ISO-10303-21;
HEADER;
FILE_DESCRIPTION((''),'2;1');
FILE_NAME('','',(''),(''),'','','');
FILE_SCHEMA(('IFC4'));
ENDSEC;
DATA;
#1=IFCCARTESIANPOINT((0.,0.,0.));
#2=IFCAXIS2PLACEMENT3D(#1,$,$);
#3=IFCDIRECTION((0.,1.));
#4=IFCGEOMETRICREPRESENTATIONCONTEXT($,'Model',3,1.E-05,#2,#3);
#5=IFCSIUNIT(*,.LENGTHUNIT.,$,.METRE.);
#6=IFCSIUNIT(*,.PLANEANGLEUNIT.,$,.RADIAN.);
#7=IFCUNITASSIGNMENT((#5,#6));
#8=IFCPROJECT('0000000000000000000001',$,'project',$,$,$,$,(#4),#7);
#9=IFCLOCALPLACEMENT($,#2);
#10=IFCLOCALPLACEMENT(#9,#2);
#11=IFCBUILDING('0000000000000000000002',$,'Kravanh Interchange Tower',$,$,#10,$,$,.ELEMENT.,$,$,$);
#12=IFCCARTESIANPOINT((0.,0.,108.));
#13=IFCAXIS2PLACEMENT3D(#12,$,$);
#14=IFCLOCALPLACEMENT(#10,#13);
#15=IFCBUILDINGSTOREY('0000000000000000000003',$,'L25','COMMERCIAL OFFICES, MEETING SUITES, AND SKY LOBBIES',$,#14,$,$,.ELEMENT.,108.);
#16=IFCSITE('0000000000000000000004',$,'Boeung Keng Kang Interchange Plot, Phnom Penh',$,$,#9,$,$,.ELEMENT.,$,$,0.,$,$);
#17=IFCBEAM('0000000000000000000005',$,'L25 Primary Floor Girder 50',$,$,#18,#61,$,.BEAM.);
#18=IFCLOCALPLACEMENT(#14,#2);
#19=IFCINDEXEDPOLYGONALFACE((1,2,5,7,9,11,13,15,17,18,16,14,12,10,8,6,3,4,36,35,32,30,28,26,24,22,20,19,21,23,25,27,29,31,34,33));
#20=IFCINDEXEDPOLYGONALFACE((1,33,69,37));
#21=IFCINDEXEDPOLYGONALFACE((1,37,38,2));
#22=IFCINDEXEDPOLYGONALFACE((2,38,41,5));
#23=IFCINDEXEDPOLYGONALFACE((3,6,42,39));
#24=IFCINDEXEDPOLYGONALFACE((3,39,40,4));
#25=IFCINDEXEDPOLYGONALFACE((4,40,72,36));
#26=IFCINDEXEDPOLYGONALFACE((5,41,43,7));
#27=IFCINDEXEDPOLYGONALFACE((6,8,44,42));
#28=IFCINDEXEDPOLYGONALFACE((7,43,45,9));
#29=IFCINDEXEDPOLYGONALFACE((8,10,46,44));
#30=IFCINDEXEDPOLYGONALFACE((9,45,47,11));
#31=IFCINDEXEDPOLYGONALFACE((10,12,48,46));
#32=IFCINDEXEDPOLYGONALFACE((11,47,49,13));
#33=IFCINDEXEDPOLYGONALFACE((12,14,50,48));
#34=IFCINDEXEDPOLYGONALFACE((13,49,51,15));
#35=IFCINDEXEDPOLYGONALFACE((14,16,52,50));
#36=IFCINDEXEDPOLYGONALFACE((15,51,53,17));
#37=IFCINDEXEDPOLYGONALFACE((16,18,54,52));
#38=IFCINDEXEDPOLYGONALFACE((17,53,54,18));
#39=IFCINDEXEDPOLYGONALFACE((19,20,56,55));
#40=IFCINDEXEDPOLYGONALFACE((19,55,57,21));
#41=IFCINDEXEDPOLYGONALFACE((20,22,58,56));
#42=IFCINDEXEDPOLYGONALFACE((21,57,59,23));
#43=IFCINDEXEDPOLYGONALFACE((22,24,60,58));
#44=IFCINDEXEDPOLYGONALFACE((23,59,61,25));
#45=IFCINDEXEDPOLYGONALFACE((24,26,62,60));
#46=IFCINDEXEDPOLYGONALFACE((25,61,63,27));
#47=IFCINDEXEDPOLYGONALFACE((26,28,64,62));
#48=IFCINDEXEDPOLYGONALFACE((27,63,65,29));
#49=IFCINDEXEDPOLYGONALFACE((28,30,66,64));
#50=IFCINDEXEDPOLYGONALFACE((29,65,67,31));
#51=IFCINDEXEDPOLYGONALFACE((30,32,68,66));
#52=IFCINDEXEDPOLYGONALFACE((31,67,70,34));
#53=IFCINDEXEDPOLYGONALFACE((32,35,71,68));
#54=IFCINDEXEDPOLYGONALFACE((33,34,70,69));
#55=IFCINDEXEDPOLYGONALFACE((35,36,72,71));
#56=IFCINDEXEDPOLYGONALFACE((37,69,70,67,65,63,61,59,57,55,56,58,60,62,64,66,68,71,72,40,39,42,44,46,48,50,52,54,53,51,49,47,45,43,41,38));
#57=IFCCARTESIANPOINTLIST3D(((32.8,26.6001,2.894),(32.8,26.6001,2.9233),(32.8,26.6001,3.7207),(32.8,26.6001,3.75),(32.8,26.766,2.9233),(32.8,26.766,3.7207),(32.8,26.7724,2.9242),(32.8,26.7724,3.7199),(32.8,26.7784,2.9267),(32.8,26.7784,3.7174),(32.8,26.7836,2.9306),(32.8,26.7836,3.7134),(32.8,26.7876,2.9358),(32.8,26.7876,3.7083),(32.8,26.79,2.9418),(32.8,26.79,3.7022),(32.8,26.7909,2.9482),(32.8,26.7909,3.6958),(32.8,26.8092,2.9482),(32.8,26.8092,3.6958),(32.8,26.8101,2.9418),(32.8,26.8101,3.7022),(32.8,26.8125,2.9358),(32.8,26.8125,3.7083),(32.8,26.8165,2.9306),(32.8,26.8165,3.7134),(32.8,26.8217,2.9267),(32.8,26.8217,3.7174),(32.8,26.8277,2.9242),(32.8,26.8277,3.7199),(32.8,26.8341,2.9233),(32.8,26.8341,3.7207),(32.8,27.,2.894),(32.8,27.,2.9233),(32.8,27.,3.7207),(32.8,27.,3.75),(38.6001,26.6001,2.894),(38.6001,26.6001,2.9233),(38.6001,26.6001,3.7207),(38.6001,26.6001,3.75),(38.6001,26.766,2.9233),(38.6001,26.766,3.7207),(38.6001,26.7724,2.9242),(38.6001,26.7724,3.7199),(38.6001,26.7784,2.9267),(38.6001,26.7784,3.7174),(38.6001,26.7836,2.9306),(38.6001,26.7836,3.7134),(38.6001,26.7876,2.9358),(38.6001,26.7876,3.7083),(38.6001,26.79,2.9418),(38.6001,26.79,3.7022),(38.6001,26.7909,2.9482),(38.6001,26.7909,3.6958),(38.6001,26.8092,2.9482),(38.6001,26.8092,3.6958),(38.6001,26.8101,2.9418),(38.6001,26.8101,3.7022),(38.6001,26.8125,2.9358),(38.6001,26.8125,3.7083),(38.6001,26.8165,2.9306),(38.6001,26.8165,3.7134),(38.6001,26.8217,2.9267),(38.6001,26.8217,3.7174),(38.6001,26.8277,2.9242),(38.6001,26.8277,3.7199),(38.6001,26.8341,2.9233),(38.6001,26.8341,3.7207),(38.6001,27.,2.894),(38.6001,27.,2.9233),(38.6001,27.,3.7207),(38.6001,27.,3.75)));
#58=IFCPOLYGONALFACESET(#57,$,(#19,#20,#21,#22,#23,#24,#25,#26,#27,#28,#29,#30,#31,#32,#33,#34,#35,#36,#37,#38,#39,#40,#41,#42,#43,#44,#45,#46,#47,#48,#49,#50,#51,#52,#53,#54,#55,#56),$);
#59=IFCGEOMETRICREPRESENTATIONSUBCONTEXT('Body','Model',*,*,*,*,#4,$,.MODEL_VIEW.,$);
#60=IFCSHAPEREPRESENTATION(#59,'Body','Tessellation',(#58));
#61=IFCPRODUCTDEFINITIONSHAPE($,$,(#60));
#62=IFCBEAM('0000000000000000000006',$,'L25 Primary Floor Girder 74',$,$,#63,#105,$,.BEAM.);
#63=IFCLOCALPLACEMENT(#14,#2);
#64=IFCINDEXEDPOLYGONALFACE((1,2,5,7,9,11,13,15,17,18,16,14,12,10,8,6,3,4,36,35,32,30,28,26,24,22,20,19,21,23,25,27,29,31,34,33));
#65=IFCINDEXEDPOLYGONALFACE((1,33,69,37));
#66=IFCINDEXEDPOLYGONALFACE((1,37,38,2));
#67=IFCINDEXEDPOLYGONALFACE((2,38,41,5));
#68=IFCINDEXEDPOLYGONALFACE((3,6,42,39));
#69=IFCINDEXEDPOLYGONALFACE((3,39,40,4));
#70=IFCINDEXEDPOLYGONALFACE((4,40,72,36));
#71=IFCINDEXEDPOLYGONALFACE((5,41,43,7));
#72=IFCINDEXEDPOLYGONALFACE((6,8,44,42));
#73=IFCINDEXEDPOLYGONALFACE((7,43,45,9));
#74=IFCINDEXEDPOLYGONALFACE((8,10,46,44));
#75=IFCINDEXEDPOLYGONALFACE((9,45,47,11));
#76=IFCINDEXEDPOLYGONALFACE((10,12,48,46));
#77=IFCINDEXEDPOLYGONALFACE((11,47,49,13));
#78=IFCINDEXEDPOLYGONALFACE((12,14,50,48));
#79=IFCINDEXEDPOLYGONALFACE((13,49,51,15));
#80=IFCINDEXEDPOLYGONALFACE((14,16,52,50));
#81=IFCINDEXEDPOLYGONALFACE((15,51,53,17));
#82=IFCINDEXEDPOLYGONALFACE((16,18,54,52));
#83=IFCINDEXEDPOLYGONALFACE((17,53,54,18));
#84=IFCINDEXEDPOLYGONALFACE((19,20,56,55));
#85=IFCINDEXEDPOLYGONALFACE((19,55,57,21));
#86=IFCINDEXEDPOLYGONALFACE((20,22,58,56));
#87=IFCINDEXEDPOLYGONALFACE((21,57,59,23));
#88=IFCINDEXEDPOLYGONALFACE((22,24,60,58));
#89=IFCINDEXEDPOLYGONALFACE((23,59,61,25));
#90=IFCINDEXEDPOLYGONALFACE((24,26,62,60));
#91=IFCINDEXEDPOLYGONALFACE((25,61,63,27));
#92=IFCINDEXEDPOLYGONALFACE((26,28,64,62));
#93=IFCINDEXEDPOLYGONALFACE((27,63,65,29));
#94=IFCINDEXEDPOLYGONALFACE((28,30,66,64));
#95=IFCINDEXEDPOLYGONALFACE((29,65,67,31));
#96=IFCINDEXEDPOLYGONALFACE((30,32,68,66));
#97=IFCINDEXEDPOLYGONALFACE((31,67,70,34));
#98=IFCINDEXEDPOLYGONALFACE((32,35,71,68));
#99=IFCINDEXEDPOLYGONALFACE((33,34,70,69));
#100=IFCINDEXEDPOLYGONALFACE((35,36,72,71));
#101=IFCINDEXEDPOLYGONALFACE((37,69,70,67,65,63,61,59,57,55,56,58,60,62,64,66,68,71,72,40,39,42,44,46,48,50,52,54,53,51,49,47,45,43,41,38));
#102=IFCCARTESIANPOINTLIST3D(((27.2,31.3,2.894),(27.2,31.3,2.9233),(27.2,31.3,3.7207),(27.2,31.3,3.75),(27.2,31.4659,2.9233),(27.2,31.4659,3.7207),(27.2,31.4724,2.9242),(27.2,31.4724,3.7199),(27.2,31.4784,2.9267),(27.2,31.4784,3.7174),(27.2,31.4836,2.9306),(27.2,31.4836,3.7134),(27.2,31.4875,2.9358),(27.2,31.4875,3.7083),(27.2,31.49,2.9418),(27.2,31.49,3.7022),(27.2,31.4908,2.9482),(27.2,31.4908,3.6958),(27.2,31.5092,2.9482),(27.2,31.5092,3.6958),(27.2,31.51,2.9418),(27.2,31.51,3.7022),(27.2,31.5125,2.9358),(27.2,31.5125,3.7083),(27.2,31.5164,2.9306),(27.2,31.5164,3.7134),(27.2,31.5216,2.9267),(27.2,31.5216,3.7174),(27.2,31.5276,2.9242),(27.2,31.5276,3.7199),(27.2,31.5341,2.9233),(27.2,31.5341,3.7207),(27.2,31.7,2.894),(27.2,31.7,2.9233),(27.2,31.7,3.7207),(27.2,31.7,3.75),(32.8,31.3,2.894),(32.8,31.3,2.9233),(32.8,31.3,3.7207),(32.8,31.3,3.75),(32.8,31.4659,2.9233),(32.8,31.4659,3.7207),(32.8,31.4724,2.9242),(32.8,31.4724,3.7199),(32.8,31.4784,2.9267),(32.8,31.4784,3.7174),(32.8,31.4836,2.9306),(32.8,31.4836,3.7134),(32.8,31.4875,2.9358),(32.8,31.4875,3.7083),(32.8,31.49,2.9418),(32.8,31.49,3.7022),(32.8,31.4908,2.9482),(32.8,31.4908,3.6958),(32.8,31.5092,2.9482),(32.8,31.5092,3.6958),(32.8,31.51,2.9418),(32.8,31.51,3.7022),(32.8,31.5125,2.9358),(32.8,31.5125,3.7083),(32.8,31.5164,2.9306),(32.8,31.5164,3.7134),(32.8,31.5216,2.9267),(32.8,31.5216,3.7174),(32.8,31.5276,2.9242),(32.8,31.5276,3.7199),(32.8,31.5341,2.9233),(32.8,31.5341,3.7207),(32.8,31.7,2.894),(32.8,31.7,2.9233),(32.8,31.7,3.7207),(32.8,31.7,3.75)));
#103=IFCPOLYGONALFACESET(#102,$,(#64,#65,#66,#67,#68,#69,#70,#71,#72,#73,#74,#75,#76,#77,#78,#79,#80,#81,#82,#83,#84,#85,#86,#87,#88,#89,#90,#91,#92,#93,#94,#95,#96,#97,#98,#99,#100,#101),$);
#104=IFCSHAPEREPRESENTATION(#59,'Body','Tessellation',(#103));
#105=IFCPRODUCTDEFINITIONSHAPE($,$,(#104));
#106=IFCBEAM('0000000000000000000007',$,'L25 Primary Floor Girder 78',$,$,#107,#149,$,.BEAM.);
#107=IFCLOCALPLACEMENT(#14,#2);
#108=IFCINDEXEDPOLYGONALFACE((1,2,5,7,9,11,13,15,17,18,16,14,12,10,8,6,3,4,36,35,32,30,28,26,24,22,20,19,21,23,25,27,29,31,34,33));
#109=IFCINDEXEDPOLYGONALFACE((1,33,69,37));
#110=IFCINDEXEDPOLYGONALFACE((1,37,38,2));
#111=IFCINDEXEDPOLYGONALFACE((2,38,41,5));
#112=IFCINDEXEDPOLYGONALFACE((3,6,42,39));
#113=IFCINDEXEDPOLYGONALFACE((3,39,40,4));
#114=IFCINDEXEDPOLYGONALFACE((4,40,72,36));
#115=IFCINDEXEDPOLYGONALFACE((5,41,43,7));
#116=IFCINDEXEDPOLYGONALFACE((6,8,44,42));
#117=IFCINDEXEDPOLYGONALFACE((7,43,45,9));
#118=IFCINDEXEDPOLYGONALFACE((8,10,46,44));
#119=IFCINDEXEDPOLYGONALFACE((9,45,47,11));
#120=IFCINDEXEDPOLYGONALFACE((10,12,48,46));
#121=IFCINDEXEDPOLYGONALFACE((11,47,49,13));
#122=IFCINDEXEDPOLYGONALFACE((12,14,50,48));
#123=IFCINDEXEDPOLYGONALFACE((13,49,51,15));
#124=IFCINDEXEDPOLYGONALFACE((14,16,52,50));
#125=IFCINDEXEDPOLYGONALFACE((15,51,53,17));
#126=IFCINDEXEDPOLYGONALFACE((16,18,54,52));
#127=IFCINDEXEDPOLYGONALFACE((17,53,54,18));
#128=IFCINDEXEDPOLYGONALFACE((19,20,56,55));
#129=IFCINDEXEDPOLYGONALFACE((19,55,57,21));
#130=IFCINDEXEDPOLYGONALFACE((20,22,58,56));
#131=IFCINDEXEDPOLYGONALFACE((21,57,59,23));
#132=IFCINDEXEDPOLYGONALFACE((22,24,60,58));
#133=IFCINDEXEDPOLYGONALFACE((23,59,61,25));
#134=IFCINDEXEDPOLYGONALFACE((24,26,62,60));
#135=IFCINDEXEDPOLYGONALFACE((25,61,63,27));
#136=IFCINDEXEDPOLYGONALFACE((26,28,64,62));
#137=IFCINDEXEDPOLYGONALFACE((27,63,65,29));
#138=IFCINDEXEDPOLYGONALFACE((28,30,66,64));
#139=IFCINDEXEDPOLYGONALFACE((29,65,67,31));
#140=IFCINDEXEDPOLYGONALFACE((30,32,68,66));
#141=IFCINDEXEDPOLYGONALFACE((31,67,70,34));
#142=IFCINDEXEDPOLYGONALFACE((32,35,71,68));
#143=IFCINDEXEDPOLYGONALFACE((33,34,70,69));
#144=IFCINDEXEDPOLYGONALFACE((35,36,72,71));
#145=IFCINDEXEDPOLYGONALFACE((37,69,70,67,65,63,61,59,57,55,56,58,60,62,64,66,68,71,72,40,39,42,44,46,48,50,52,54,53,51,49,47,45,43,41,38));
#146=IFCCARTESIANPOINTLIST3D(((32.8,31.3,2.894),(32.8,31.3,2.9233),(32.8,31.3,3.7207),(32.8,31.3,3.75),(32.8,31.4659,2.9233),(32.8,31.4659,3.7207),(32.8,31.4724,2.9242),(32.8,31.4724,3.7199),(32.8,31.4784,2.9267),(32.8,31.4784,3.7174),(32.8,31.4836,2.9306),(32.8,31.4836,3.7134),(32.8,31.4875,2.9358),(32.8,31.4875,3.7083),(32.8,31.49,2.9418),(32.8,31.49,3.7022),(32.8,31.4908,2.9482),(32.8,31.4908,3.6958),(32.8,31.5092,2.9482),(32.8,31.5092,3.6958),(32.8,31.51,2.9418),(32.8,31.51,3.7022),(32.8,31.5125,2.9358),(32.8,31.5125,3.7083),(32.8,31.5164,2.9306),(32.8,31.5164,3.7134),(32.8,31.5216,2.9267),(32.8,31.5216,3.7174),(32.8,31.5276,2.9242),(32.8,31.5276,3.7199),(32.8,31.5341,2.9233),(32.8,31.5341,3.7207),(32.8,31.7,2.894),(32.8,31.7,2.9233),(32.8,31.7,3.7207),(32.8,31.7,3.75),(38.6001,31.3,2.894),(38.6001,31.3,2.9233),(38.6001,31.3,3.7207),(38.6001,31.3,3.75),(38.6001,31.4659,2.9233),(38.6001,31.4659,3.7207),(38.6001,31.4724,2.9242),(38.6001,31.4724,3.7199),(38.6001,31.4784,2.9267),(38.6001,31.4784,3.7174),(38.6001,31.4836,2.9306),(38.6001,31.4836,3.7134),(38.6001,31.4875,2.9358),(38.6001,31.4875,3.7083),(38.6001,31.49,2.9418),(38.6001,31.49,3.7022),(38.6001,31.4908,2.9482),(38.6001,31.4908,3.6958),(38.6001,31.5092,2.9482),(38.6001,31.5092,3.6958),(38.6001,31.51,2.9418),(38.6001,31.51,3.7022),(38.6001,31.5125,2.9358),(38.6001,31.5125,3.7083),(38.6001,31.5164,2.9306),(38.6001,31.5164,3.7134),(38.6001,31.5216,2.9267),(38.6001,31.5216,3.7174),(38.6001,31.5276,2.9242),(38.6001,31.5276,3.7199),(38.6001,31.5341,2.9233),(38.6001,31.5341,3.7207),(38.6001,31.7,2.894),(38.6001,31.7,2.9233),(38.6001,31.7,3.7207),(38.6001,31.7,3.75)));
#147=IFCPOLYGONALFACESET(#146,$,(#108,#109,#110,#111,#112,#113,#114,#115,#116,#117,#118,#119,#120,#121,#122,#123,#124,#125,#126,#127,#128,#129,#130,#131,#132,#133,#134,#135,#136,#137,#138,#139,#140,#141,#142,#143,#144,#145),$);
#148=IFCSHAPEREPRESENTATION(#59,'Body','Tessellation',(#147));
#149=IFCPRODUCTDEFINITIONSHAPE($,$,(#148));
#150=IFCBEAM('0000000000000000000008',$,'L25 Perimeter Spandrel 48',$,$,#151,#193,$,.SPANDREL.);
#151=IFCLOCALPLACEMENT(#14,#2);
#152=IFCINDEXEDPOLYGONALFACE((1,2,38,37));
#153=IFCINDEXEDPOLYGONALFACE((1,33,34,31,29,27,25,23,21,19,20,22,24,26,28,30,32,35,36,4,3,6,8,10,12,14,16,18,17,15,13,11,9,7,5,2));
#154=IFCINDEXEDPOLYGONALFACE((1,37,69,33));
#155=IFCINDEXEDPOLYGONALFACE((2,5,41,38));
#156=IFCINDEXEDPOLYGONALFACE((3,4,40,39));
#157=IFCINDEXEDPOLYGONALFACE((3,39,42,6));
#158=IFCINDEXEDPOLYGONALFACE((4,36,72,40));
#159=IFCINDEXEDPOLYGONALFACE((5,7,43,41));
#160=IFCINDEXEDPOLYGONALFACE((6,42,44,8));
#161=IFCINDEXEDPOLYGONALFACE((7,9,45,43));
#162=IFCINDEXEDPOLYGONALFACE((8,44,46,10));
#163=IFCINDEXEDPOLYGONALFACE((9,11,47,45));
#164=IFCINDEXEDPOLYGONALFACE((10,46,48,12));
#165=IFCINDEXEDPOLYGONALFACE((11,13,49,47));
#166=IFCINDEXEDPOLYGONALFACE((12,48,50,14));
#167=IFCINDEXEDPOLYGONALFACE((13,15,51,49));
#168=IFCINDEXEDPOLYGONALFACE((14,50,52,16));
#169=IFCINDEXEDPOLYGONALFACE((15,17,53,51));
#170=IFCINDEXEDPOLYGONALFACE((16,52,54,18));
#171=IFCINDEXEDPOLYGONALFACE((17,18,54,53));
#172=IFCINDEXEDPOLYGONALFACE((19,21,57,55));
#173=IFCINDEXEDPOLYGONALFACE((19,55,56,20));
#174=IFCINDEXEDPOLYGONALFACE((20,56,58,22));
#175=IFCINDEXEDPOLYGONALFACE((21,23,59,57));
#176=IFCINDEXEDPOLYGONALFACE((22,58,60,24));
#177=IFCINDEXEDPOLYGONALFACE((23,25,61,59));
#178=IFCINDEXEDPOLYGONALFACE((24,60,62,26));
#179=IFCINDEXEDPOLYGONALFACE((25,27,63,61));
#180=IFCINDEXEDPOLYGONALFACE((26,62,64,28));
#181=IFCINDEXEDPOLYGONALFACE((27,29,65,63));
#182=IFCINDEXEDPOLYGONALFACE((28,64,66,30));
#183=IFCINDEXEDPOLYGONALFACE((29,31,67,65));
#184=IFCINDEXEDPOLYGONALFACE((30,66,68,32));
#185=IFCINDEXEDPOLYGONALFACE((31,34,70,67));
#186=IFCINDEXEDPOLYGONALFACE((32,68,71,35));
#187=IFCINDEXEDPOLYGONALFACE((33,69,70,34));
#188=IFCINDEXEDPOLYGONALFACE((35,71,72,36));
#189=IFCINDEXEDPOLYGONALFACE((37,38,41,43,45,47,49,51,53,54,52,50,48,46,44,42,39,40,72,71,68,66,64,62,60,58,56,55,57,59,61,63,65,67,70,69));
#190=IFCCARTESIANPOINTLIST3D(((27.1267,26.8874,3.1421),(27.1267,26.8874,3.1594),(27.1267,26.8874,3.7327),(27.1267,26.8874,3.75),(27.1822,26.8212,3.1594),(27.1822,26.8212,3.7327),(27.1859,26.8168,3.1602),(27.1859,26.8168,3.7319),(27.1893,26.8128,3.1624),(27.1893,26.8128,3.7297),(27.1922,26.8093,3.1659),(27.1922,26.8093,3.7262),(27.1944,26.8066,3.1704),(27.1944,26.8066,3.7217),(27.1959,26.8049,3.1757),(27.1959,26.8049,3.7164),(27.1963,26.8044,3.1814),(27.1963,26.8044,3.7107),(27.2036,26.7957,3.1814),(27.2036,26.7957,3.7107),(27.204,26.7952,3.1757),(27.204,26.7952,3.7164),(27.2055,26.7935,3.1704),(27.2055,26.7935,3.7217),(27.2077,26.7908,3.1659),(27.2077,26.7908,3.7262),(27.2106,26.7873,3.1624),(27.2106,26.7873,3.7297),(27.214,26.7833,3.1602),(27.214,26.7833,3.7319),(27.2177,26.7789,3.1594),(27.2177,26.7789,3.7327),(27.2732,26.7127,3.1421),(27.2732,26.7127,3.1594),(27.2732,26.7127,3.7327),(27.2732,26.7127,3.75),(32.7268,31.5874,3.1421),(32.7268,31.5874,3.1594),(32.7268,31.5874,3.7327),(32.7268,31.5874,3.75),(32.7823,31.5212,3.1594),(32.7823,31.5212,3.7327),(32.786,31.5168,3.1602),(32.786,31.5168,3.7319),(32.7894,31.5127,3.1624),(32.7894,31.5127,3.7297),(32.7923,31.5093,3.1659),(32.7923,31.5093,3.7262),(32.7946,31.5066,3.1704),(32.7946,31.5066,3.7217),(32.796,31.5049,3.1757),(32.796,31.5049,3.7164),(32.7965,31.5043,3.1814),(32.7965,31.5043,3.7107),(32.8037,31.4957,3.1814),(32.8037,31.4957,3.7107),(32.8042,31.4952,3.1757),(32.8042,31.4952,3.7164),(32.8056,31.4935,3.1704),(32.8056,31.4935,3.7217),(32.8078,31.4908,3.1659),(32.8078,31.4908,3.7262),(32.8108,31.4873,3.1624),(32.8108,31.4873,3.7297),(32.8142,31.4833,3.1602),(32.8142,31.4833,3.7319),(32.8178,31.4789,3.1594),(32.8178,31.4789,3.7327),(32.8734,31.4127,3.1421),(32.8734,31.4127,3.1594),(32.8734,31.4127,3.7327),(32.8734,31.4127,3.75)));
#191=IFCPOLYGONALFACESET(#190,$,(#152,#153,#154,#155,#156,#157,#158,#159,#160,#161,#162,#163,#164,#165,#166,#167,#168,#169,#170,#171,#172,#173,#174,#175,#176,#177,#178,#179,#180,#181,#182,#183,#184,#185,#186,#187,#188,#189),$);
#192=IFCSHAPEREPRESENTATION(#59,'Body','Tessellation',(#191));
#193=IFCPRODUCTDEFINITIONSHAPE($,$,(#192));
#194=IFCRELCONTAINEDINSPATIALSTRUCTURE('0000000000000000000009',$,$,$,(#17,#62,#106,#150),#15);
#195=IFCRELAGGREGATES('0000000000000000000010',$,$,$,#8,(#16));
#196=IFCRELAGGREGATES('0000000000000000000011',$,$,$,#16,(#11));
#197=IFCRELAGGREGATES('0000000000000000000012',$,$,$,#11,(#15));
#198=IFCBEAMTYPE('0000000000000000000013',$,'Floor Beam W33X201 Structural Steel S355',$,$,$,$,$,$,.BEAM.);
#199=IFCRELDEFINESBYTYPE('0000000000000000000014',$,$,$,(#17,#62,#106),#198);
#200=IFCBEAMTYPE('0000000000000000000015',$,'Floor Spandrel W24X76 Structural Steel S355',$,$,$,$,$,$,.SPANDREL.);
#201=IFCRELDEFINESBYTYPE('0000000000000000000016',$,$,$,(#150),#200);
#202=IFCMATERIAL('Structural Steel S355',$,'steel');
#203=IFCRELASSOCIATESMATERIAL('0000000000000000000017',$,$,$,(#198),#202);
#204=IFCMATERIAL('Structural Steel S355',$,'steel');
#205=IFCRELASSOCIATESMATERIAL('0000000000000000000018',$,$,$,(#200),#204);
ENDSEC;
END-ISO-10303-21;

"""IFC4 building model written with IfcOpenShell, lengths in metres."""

from ifc_helpers import new_model, si_unit, direction, frame, origin, origin_2d, place, context, subcontext, project, spatial, i_section, extrude, material, material_profile, profile_set, type_object, element, save


model = new_model("IFC4")

# Units and contexts
model_context = context("Model", 3, precision=1e-05, world=origin(), true_north=direction((0.0, 1.0)))
body_context = subcontext(model_context, "Body", "Model", "MODEL_VIEW")
ifc_project = project(units=[si_unit("LENGTHUNIT", "METRE"), si_unit("PLANEANGLEUNIT", "RADIAN")], contexts=[model_context])

# Site, building, storey
site_placement = place(None, origin())
site = spatial("IfcSite", under=ifc_project, at=site_placement, Name="Boeung Keng Kang Interchange Plot, Phnom Penh", CompositionType="ELEMENT", RefElevation=0.0)
building_placement = place(site_placement, origin())
building = spatial("IfcBuilding", under=site, at=building_placement, Name="Kravanh Interchange Tower", CompositionType="ELEMENT")
storey_placement = place(building_placement, frame((0.0, 0.0, 108.0)))
storey = spatial("IfcBuildingStorey", under=building, at=storey_placement, Name="L25", Description="COMMERCIAL OFFICES, MEETING SUITES, AND SKY LOBBIES", CompositionType="ELEMENT", Elevation=108.0)

# Beams
ifc_material_1 = material(Name="Structural Steel S355", Category="steel")
ifc_material_profile_1 = material_profile(ifc_material_1, i_section(OverallWidth=0.3999, OverallDepth=0.856, WebThickness=0.0183, FlangeThickness=0.0293, FilletRadius=0.0249, at=origin_2d()), Name="W33X201")
ifc_profile_set_1 = profile_set([ifc_material_profile_1], Name="Structural Steel S355")
beam_type_1 = type_object("IfcBeamType", Name="Floor Beam W33X201 Structural Steel S355", PredefinedType="BEAM", material=ifc_profile_set_1)
beam_1_placement = place(storey_placement, frame((32.8, 26.8, 3.322), z_axis=(1.0, 0.0, 0.0), x_axis=(0.0, 1.0, 0.0)))
element("IfcBeam", 1, at=beam_1_placement, inside=storey, type_object=beam_type_1, Name="L25 Primary Floor Girder 50", PredefinedType="BEAM", context=body_context, shape_type="SweptSolid", body=[
    extrude(i_section(OverallWidth=0.3999, OverallDepth=0.856, WebThickness=0.0183, FlangeThickness=0.0293, FilletRadius=0.0249, at=origin_2d()), origin(), (0.0, 0.0, 1.0), 5.8),
])
beam_2_placement = place(storey_placement, frame((27.2, 31.5, 3.322), z_axis=(1.0, 0.0, 0.0), x_axis=(0.0, 1.0, 0.0)))
element("IfcBeam", 2, at=beam_2_placement, inside=storey, type_object=beam_type_1, Name="L25 Primary Floor Girder 74", PredefinedType="BEAM", context=body_context, shape_type="SweptSolid", body=[
    extrude(i_section(OverallWidth=0.3999, OverallDepth=0.856, WebThickness=0.0183, FlangeThickness=0.0293, FilletRadius=0.0249, at=origin_2d()), origin(), (0.0, 0.0, 1.0), 5.6001),
])
beam_3_placement = place(storey_placement, frame((32.8, 31.5, 3.322), z_axis=(1.0, 0.0, 0.0), x_axis=(0.0, 1.0, 0.0)))
element("IfcBeam", 3, at=beam_3_placement, inside=storey, type_object=beam_type_1, Name="L25 Primary Floor Girder 78", PredefinedType="BEAM", context=body_context, shape_type="SweptSolid", body=[
    extrude(i_section(OverallWidth=0.3999, OverallDepth=0.856, WebThickness=0.0183, FlangeThickness=0.0293, FilletRadius=0.0249, at=origin_2d()), origin(), (0.0, 0.0, 1.0), 5.8),
])
ifc_material_2 = material(Name="Structural Steel S355", Category="steel")
ifc_material_profile_2 = material_profile(ifc_material_2, i_section(OverallWidth=0.228, OverallDepth=0.6079, WebThickness=0.0112, FlangeThickness=0.0173, FilletRadius=0.022, at=origin_2d()), Name="W24X76")
ifc_profile_set_2 = profile_set([ifc_material_profile_2], Name="Structural Steel S355")
beam_type_2 = type_object("IfcBeamType", Name="Floor Spandrel W24X76 Structural Steel S355", PredefinedType="SPANDREL", material=ifc_profile_set_2)
beam_4_placement = place(storey_placement, frame((27.2, 26.8, 3.446), z_axis=(0.765983, 0.642861, 0.0), x_axis=(-0.642861, 0.765983, 0.0)))
element("IfcBeam", 4, at=beam_4_placement, inside=storey, type_object=beam_type_2, Name="L25 Perimeter Spandrel 48", PredefinedType="SPANDREL", context=body_context, shape_type="SweptSolid", body=[
    extrude(i_section(OverallWidth=0.228, OverallDepth=0.6079, WebThickness=0.0112, FlangeThickness=0.0173, FilletRadius=0.022, at=origin_2d()), origin(), (0.0, 0.0, 1.0), 7.311),
])

save(model, "model.ifc")
